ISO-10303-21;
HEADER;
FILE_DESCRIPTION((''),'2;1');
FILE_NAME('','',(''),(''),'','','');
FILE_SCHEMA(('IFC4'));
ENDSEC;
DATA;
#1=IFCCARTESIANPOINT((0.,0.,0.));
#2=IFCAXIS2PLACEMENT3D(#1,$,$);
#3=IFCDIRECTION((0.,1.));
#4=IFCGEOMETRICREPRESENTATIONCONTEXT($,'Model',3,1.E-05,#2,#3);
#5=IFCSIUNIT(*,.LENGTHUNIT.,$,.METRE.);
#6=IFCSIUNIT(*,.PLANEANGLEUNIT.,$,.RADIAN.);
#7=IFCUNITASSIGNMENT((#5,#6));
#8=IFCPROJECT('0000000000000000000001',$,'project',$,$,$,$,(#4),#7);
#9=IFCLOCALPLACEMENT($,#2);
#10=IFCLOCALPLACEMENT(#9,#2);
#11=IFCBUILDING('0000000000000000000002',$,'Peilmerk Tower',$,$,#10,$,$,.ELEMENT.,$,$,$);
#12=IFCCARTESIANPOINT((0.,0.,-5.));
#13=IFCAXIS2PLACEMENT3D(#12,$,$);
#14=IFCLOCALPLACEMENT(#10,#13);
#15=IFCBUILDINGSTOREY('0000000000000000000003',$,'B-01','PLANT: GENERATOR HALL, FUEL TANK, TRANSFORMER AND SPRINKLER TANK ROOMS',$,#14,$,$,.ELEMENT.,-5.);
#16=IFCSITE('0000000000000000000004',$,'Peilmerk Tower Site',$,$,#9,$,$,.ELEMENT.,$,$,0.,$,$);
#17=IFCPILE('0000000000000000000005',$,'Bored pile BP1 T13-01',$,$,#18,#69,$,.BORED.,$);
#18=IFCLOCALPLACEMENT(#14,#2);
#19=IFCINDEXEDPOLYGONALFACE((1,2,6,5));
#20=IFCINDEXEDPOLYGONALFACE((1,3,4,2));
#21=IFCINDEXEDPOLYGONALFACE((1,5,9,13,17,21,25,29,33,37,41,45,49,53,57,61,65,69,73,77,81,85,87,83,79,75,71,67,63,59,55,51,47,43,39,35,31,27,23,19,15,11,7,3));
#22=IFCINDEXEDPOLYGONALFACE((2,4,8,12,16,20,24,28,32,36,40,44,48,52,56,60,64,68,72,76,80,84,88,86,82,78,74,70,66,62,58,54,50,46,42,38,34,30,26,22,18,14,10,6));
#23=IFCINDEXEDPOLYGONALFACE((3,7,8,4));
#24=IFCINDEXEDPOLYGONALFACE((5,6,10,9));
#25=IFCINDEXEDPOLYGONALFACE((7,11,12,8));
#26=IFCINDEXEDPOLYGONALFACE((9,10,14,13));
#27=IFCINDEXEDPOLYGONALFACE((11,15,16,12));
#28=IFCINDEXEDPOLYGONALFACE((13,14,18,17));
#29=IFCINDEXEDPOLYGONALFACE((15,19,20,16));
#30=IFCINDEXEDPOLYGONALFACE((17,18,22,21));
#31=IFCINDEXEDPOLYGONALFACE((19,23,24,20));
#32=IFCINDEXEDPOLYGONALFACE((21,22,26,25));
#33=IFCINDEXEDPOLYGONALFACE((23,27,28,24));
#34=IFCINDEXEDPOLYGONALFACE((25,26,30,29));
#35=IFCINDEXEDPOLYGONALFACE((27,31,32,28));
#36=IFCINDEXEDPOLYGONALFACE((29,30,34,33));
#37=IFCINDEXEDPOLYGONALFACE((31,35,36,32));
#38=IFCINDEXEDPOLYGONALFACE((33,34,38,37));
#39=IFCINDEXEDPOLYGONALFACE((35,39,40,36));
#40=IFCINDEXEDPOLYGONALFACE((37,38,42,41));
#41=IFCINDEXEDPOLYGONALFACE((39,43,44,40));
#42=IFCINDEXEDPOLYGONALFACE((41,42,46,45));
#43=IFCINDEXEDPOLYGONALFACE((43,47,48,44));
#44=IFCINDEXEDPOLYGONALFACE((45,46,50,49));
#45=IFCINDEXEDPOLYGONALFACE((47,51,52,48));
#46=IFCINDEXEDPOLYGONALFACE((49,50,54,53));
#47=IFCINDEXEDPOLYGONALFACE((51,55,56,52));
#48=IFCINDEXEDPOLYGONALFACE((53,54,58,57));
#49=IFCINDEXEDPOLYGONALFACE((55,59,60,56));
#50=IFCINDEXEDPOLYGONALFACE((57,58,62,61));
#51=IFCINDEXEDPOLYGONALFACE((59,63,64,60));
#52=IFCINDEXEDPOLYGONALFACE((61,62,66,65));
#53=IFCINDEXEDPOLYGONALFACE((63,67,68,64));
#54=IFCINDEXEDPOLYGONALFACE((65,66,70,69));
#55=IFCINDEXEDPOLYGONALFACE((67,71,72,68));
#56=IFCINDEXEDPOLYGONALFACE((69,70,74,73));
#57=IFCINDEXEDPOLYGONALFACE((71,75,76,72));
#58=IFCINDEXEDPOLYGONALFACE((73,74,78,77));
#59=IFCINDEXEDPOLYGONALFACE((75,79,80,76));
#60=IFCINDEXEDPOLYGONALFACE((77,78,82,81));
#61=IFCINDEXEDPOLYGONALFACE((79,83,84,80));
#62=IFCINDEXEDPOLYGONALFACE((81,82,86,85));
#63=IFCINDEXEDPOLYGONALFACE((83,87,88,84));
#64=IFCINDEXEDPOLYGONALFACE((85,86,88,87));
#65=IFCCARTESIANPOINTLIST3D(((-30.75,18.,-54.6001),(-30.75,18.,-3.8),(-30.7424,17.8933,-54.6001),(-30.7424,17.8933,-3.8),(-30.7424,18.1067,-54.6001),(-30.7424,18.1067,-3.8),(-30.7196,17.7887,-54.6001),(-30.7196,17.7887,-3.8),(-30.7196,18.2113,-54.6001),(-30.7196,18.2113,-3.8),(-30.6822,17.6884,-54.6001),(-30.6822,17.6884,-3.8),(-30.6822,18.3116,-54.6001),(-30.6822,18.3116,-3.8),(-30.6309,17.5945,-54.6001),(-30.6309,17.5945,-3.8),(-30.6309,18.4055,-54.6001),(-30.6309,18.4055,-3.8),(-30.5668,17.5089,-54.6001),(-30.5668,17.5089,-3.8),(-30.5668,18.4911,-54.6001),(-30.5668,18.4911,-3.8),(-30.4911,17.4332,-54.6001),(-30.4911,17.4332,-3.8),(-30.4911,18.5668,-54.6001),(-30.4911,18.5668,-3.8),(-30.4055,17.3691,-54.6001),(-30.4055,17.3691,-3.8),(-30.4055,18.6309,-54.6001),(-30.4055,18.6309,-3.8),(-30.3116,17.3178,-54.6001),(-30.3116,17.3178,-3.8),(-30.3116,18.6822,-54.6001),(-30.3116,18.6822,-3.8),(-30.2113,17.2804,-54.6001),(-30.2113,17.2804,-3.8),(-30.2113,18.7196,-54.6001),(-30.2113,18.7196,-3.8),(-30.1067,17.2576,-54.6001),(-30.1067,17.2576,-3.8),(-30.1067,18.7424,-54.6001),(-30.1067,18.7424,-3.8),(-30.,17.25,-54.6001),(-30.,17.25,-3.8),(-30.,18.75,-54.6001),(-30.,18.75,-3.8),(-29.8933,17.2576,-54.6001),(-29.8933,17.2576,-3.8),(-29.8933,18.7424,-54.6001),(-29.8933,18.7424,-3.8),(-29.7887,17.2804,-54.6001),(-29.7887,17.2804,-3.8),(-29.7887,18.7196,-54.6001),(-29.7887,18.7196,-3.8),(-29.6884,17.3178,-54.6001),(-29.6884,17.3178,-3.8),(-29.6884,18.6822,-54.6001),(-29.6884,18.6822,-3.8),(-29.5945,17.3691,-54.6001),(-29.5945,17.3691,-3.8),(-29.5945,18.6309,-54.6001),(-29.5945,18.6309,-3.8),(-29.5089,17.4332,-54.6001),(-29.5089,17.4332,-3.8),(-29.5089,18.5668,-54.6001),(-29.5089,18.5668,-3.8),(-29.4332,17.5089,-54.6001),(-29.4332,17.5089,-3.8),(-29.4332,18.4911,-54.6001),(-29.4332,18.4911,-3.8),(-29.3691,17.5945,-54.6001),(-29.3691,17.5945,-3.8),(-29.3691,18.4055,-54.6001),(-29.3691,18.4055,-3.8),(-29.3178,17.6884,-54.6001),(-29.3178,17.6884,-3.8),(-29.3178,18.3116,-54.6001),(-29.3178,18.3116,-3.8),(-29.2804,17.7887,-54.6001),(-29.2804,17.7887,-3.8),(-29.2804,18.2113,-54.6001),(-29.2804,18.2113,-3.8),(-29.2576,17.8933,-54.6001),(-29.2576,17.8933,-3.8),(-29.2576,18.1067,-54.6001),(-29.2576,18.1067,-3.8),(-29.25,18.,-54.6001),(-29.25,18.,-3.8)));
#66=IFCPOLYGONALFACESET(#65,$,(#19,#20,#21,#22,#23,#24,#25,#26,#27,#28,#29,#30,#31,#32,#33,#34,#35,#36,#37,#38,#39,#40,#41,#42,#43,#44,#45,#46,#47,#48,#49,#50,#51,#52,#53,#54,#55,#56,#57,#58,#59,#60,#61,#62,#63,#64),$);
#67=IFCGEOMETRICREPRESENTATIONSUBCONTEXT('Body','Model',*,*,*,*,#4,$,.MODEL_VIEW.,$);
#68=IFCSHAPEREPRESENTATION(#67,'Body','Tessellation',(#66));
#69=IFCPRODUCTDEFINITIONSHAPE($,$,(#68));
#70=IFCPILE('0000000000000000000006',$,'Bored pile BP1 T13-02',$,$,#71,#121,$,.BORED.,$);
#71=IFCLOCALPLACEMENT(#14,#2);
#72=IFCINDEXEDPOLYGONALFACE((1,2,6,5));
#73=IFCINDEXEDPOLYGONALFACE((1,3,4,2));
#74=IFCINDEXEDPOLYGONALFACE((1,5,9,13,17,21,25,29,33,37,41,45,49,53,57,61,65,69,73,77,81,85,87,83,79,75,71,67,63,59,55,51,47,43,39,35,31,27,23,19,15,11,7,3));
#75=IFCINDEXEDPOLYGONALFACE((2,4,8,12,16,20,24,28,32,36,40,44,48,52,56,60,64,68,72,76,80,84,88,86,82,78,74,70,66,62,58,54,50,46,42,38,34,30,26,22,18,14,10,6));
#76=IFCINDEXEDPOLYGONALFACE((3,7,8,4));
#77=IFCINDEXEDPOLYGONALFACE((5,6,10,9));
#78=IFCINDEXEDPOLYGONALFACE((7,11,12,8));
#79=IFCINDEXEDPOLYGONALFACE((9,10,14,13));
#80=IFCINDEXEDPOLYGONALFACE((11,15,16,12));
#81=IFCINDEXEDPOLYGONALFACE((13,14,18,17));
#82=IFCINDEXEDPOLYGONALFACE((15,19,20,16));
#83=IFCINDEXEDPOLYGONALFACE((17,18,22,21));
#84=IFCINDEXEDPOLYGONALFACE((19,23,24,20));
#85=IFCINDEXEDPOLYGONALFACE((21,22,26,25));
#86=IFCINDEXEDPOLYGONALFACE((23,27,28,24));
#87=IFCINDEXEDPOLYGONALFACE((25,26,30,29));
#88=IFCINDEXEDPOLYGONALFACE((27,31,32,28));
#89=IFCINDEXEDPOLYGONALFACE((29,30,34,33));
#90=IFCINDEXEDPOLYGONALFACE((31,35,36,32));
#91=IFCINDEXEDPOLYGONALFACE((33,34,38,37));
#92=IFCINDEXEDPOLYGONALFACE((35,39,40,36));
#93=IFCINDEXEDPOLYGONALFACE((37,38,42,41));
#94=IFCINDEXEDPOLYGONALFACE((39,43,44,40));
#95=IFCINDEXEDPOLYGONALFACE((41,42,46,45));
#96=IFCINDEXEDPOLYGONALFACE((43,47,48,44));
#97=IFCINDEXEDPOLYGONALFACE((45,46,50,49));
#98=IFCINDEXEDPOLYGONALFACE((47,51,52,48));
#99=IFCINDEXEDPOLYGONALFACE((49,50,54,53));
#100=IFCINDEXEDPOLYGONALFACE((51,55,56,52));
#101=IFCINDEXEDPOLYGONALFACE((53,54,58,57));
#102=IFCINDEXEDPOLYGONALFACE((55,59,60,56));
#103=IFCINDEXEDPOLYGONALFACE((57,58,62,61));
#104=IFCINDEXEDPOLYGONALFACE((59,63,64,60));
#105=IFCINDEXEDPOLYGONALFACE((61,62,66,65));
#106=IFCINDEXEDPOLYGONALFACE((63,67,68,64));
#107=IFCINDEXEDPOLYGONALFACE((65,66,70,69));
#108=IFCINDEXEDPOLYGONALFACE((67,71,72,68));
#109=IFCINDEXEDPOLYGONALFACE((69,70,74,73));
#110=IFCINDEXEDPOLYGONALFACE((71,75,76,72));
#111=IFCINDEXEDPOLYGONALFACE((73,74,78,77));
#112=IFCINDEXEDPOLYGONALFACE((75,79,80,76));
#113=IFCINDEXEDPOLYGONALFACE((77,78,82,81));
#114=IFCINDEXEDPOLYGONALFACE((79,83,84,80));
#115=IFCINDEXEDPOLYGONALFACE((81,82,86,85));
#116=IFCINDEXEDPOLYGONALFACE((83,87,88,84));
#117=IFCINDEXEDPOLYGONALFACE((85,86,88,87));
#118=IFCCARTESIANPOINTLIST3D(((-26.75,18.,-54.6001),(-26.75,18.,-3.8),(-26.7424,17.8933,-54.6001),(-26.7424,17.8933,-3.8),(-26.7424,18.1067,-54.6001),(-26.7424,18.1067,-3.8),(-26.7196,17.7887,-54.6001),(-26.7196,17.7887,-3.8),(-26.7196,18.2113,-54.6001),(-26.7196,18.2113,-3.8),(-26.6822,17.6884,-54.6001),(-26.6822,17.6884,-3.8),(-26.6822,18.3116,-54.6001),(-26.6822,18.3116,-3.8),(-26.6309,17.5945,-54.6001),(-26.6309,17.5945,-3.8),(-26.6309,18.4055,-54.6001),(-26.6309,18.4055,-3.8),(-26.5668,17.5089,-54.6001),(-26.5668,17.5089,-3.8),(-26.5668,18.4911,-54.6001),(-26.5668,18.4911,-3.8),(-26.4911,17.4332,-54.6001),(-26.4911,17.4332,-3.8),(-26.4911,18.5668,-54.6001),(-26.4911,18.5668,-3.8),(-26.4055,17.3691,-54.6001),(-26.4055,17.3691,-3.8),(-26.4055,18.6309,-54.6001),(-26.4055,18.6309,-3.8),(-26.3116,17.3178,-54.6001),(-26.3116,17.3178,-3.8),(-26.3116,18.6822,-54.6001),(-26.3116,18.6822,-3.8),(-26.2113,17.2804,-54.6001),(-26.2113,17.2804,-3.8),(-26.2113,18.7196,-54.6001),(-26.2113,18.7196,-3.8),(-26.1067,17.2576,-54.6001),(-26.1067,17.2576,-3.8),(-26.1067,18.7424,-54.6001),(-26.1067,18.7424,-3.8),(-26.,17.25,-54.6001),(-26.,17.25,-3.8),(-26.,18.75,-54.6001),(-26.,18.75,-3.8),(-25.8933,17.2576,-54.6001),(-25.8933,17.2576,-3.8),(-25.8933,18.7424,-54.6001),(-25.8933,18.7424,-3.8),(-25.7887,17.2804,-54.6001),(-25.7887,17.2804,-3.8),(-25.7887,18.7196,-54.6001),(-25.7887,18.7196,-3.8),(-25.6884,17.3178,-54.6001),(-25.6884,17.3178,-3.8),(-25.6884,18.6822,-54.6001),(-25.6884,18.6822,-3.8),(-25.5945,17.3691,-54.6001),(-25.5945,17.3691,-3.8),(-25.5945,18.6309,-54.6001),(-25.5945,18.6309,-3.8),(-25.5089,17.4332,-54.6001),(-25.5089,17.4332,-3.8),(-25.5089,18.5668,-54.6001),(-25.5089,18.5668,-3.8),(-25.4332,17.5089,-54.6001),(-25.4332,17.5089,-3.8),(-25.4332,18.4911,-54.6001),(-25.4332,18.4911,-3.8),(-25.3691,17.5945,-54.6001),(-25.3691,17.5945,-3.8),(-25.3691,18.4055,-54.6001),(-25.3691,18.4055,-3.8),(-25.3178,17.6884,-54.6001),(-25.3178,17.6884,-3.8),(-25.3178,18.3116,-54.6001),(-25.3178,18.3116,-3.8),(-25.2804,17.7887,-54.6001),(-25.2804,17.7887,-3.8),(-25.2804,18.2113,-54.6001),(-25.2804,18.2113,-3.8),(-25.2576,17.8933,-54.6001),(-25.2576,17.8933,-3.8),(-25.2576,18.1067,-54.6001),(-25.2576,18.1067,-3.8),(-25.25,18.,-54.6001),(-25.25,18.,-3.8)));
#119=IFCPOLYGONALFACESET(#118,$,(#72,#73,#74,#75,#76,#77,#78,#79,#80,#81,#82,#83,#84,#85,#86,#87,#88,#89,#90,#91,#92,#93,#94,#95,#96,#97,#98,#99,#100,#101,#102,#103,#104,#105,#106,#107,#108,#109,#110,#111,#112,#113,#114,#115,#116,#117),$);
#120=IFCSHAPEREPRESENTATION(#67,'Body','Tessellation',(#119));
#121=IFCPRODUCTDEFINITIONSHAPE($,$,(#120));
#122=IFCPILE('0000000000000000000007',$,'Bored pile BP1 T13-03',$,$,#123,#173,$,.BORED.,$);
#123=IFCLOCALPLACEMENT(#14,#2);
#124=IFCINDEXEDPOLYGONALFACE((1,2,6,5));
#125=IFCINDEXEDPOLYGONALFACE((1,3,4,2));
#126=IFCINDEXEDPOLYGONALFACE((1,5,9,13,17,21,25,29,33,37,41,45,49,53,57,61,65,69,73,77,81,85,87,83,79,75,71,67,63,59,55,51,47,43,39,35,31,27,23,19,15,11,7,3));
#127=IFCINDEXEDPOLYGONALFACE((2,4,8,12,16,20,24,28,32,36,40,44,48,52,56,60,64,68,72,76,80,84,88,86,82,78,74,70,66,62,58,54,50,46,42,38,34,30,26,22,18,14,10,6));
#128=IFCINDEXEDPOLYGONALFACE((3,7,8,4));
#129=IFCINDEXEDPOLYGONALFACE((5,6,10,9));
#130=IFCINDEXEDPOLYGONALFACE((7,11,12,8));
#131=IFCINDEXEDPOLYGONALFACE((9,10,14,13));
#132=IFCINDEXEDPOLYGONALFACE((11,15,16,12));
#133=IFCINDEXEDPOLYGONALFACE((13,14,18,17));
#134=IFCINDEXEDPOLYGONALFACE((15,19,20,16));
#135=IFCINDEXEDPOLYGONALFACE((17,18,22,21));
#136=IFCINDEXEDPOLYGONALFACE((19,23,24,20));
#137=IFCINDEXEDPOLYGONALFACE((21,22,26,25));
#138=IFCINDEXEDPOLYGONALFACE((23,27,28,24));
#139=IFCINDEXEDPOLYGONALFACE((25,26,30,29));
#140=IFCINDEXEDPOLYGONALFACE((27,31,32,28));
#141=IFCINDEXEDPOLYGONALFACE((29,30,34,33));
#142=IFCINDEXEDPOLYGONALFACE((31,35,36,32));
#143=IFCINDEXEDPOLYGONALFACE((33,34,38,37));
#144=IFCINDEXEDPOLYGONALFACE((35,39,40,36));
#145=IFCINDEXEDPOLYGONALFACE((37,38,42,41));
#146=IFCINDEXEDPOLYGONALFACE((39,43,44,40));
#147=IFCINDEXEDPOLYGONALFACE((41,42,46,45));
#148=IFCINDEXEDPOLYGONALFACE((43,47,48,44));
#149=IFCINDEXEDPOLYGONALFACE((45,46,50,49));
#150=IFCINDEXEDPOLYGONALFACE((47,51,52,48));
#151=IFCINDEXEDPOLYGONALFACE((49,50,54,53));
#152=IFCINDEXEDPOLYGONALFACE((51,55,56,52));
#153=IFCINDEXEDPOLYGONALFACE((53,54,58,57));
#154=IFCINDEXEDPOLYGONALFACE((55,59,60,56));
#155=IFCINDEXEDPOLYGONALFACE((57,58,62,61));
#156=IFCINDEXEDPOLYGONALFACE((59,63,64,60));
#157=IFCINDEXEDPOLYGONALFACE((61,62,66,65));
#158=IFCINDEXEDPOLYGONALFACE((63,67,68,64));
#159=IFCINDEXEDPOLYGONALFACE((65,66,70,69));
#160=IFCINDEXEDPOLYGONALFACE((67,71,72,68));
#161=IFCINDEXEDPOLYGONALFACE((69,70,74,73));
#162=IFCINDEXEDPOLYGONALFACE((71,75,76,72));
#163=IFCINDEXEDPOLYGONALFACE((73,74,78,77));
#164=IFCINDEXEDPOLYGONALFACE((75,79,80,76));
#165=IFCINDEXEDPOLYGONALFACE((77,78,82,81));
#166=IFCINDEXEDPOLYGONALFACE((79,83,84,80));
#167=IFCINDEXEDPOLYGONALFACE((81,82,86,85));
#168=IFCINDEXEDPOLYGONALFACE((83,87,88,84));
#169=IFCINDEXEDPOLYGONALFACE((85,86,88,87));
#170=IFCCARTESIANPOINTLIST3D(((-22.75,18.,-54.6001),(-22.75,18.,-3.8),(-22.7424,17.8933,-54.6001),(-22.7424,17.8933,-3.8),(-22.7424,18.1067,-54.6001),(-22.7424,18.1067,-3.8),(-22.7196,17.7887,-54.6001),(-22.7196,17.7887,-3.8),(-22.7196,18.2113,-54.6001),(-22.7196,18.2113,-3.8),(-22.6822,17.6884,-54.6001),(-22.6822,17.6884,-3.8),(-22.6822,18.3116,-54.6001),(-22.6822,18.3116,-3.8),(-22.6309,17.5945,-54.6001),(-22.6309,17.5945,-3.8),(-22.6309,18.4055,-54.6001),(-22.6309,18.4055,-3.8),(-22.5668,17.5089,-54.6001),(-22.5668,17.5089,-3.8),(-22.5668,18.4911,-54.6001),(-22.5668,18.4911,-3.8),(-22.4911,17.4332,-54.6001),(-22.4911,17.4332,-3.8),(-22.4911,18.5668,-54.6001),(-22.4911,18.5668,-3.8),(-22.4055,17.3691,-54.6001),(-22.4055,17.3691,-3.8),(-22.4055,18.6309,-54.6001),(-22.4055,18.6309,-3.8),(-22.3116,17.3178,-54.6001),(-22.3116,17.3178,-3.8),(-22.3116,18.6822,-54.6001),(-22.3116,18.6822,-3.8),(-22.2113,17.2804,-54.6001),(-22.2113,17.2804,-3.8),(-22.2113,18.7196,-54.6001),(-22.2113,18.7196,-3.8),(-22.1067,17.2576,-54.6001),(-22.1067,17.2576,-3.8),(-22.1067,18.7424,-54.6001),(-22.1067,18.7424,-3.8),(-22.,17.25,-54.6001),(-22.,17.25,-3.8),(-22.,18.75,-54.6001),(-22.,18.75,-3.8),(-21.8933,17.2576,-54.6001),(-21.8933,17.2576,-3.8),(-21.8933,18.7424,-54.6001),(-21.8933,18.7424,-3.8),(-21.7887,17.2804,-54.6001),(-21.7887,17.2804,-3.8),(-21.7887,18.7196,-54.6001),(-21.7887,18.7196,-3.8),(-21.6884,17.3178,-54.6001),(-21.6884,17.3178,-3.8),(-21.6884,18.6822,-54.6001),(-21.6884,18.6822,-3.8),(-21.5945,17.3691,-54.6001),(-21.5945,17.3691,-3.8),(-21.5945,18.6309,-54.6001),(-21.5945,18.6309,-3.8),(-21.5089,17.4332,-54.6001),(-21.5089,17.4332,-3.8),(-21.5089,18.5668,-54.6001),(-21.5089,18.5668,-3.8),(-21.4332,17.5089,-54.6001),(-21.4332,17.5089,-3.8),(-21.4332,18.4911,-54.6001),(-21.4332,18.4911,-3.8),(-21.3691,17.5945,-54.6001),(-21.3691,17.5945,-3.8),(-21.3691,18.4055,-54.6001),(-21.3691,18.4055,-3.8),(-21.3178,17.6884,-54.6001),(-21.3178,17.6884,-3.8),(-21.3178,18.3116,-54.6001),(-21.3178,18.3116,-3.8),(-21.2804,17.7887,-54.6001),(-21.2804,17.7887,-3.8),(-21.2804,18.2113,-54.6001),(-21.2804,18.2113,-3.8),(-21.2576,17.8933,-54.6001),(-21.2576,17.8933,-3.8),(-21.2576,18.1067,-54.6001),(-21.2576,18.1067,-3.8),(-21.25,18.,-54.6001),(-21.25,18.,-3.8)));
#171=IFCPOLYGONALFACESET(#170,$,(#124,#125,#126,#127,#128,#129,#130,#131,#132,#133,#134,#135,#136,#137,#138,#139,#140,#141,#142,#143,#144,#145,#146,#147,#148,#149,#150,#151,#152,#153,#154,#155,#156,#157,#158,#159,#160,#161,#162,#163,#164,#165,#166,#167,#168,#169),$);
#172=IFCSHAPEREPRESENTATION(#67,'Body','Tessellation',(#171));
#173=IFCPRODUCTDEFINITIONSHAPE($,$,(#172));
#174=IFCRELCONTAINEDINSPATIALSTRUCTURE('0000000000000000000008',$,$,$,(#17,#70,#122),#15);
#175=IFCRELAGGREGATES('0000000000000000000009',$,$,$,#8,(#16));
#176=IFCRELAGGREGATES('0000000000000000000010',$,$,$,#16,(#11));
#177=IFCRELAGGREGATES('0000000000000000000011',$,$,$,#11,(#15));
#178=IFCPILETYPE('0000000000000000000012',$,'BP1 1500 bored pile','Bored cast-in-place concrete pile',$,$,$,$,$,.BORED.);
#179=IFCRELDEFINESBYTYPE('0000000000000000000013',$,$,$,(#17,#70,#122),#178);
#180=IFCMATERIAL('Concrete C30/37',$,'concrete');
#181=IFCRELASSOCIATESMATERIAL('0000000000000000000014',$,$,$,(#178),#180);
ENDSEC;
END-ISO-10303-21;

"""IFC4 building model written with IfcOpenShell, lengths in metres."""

from ifc_helpers import new_model, si_unit, direction, frame, origin, origin_2d, place, context, subcontext, project, spatial, circle, extrude, material, material_profile, profile_set, type_object, element, save


model = new_model("IFC4")

# Units and contexts
model_context = context("Model", 3, precision=1e-05, world=origin(), true_north=direction((0.0, 1.0)))
body_context = subcontext(model_context, "Body", "Model", "MODEL_VIEW")
ifc_project = project(units=[si_unit("LENGTHUNIT", "METRE"), si_unit("PLANEANGLEUNIT", "RADIAN")], contexts=[model_context])

# Site, building, storey
site_placement = place(None, origin())
site = spatial("IfcSite", under=ifc_project, at=site_placement, Name="Peilmerk Tower Site", CompositionType="ELEMENT", RefElevation=0.0)
building_placement = place(site_placement, origin())
building = spatial("IfcBuilding", under=site, at=building_placement, Name="Peilmerk Tower", CompositionType="ELEMENT")
storey_placement = place(building_placement, frame((0.0, 0.0, -5.0)))
storey = spatial("IfcBuildingStorey", under=building, at=storey_placement, Name="B-01", Description="PLANT: GENERATOR HALL, FUEL TANK, TRANSFORMER AND SPRINKLER TANK ROOMS", CompositionType="ELEMENT", Elevation=-5.0)

# Piles
ifc_material_1 = material(Name="Concrete C30/37", Category="concrete")
ifc_material_profile_1 = material_profile(ifc_material_1, circle(Radius=0.75, at=origin_2d()), Name="BP 1500")
ifc_profile_set_1 = profile_set([ifc_material_profile_1], Name="Concrete C30/37")
pile_type_1 = type_object("IfcPileType", Name="BP1 1500 bored pile", Description="Bored cast-in-place concrete pile", PredefinedType="BORED", material=ifc_profile_set_1)
for number, where, z_axis, x_axis, name in (
    (1, (-30.0, 18.0, -3.8), (0.0, 0.0, -1.0), (1.0, 0.0, 0.0), "Bored pile BP1 T13-01"),
    (2, (-26.0, 18.0, -3.8), (0.0, 0.0, -1.0), (1.0, 0.0, 0.0), "Bored pile BP1 T13-02"),
    (3, (-22.0, 18.0, -3.8), (0.0, 0.0, -1.0), (1.0, 0.0, 0.0), "Bored pile BP1 T13-03"),
):
    element("IfcPile", number, at=place(storey_placement, frame(where, z_axis=z_axis, x_axis=x_axis)), inside=storey, type_object=pile_type_1, Name=name, PredefinedType="BORED", context=body_context, shape_type="SweptSolid", body=[
        extrude(circle(Radius=0.75, at=origin_2d()), origin(), (0.0, 0.0, 1.0), 50.8),
    ])

save(model, "model.ifc")
